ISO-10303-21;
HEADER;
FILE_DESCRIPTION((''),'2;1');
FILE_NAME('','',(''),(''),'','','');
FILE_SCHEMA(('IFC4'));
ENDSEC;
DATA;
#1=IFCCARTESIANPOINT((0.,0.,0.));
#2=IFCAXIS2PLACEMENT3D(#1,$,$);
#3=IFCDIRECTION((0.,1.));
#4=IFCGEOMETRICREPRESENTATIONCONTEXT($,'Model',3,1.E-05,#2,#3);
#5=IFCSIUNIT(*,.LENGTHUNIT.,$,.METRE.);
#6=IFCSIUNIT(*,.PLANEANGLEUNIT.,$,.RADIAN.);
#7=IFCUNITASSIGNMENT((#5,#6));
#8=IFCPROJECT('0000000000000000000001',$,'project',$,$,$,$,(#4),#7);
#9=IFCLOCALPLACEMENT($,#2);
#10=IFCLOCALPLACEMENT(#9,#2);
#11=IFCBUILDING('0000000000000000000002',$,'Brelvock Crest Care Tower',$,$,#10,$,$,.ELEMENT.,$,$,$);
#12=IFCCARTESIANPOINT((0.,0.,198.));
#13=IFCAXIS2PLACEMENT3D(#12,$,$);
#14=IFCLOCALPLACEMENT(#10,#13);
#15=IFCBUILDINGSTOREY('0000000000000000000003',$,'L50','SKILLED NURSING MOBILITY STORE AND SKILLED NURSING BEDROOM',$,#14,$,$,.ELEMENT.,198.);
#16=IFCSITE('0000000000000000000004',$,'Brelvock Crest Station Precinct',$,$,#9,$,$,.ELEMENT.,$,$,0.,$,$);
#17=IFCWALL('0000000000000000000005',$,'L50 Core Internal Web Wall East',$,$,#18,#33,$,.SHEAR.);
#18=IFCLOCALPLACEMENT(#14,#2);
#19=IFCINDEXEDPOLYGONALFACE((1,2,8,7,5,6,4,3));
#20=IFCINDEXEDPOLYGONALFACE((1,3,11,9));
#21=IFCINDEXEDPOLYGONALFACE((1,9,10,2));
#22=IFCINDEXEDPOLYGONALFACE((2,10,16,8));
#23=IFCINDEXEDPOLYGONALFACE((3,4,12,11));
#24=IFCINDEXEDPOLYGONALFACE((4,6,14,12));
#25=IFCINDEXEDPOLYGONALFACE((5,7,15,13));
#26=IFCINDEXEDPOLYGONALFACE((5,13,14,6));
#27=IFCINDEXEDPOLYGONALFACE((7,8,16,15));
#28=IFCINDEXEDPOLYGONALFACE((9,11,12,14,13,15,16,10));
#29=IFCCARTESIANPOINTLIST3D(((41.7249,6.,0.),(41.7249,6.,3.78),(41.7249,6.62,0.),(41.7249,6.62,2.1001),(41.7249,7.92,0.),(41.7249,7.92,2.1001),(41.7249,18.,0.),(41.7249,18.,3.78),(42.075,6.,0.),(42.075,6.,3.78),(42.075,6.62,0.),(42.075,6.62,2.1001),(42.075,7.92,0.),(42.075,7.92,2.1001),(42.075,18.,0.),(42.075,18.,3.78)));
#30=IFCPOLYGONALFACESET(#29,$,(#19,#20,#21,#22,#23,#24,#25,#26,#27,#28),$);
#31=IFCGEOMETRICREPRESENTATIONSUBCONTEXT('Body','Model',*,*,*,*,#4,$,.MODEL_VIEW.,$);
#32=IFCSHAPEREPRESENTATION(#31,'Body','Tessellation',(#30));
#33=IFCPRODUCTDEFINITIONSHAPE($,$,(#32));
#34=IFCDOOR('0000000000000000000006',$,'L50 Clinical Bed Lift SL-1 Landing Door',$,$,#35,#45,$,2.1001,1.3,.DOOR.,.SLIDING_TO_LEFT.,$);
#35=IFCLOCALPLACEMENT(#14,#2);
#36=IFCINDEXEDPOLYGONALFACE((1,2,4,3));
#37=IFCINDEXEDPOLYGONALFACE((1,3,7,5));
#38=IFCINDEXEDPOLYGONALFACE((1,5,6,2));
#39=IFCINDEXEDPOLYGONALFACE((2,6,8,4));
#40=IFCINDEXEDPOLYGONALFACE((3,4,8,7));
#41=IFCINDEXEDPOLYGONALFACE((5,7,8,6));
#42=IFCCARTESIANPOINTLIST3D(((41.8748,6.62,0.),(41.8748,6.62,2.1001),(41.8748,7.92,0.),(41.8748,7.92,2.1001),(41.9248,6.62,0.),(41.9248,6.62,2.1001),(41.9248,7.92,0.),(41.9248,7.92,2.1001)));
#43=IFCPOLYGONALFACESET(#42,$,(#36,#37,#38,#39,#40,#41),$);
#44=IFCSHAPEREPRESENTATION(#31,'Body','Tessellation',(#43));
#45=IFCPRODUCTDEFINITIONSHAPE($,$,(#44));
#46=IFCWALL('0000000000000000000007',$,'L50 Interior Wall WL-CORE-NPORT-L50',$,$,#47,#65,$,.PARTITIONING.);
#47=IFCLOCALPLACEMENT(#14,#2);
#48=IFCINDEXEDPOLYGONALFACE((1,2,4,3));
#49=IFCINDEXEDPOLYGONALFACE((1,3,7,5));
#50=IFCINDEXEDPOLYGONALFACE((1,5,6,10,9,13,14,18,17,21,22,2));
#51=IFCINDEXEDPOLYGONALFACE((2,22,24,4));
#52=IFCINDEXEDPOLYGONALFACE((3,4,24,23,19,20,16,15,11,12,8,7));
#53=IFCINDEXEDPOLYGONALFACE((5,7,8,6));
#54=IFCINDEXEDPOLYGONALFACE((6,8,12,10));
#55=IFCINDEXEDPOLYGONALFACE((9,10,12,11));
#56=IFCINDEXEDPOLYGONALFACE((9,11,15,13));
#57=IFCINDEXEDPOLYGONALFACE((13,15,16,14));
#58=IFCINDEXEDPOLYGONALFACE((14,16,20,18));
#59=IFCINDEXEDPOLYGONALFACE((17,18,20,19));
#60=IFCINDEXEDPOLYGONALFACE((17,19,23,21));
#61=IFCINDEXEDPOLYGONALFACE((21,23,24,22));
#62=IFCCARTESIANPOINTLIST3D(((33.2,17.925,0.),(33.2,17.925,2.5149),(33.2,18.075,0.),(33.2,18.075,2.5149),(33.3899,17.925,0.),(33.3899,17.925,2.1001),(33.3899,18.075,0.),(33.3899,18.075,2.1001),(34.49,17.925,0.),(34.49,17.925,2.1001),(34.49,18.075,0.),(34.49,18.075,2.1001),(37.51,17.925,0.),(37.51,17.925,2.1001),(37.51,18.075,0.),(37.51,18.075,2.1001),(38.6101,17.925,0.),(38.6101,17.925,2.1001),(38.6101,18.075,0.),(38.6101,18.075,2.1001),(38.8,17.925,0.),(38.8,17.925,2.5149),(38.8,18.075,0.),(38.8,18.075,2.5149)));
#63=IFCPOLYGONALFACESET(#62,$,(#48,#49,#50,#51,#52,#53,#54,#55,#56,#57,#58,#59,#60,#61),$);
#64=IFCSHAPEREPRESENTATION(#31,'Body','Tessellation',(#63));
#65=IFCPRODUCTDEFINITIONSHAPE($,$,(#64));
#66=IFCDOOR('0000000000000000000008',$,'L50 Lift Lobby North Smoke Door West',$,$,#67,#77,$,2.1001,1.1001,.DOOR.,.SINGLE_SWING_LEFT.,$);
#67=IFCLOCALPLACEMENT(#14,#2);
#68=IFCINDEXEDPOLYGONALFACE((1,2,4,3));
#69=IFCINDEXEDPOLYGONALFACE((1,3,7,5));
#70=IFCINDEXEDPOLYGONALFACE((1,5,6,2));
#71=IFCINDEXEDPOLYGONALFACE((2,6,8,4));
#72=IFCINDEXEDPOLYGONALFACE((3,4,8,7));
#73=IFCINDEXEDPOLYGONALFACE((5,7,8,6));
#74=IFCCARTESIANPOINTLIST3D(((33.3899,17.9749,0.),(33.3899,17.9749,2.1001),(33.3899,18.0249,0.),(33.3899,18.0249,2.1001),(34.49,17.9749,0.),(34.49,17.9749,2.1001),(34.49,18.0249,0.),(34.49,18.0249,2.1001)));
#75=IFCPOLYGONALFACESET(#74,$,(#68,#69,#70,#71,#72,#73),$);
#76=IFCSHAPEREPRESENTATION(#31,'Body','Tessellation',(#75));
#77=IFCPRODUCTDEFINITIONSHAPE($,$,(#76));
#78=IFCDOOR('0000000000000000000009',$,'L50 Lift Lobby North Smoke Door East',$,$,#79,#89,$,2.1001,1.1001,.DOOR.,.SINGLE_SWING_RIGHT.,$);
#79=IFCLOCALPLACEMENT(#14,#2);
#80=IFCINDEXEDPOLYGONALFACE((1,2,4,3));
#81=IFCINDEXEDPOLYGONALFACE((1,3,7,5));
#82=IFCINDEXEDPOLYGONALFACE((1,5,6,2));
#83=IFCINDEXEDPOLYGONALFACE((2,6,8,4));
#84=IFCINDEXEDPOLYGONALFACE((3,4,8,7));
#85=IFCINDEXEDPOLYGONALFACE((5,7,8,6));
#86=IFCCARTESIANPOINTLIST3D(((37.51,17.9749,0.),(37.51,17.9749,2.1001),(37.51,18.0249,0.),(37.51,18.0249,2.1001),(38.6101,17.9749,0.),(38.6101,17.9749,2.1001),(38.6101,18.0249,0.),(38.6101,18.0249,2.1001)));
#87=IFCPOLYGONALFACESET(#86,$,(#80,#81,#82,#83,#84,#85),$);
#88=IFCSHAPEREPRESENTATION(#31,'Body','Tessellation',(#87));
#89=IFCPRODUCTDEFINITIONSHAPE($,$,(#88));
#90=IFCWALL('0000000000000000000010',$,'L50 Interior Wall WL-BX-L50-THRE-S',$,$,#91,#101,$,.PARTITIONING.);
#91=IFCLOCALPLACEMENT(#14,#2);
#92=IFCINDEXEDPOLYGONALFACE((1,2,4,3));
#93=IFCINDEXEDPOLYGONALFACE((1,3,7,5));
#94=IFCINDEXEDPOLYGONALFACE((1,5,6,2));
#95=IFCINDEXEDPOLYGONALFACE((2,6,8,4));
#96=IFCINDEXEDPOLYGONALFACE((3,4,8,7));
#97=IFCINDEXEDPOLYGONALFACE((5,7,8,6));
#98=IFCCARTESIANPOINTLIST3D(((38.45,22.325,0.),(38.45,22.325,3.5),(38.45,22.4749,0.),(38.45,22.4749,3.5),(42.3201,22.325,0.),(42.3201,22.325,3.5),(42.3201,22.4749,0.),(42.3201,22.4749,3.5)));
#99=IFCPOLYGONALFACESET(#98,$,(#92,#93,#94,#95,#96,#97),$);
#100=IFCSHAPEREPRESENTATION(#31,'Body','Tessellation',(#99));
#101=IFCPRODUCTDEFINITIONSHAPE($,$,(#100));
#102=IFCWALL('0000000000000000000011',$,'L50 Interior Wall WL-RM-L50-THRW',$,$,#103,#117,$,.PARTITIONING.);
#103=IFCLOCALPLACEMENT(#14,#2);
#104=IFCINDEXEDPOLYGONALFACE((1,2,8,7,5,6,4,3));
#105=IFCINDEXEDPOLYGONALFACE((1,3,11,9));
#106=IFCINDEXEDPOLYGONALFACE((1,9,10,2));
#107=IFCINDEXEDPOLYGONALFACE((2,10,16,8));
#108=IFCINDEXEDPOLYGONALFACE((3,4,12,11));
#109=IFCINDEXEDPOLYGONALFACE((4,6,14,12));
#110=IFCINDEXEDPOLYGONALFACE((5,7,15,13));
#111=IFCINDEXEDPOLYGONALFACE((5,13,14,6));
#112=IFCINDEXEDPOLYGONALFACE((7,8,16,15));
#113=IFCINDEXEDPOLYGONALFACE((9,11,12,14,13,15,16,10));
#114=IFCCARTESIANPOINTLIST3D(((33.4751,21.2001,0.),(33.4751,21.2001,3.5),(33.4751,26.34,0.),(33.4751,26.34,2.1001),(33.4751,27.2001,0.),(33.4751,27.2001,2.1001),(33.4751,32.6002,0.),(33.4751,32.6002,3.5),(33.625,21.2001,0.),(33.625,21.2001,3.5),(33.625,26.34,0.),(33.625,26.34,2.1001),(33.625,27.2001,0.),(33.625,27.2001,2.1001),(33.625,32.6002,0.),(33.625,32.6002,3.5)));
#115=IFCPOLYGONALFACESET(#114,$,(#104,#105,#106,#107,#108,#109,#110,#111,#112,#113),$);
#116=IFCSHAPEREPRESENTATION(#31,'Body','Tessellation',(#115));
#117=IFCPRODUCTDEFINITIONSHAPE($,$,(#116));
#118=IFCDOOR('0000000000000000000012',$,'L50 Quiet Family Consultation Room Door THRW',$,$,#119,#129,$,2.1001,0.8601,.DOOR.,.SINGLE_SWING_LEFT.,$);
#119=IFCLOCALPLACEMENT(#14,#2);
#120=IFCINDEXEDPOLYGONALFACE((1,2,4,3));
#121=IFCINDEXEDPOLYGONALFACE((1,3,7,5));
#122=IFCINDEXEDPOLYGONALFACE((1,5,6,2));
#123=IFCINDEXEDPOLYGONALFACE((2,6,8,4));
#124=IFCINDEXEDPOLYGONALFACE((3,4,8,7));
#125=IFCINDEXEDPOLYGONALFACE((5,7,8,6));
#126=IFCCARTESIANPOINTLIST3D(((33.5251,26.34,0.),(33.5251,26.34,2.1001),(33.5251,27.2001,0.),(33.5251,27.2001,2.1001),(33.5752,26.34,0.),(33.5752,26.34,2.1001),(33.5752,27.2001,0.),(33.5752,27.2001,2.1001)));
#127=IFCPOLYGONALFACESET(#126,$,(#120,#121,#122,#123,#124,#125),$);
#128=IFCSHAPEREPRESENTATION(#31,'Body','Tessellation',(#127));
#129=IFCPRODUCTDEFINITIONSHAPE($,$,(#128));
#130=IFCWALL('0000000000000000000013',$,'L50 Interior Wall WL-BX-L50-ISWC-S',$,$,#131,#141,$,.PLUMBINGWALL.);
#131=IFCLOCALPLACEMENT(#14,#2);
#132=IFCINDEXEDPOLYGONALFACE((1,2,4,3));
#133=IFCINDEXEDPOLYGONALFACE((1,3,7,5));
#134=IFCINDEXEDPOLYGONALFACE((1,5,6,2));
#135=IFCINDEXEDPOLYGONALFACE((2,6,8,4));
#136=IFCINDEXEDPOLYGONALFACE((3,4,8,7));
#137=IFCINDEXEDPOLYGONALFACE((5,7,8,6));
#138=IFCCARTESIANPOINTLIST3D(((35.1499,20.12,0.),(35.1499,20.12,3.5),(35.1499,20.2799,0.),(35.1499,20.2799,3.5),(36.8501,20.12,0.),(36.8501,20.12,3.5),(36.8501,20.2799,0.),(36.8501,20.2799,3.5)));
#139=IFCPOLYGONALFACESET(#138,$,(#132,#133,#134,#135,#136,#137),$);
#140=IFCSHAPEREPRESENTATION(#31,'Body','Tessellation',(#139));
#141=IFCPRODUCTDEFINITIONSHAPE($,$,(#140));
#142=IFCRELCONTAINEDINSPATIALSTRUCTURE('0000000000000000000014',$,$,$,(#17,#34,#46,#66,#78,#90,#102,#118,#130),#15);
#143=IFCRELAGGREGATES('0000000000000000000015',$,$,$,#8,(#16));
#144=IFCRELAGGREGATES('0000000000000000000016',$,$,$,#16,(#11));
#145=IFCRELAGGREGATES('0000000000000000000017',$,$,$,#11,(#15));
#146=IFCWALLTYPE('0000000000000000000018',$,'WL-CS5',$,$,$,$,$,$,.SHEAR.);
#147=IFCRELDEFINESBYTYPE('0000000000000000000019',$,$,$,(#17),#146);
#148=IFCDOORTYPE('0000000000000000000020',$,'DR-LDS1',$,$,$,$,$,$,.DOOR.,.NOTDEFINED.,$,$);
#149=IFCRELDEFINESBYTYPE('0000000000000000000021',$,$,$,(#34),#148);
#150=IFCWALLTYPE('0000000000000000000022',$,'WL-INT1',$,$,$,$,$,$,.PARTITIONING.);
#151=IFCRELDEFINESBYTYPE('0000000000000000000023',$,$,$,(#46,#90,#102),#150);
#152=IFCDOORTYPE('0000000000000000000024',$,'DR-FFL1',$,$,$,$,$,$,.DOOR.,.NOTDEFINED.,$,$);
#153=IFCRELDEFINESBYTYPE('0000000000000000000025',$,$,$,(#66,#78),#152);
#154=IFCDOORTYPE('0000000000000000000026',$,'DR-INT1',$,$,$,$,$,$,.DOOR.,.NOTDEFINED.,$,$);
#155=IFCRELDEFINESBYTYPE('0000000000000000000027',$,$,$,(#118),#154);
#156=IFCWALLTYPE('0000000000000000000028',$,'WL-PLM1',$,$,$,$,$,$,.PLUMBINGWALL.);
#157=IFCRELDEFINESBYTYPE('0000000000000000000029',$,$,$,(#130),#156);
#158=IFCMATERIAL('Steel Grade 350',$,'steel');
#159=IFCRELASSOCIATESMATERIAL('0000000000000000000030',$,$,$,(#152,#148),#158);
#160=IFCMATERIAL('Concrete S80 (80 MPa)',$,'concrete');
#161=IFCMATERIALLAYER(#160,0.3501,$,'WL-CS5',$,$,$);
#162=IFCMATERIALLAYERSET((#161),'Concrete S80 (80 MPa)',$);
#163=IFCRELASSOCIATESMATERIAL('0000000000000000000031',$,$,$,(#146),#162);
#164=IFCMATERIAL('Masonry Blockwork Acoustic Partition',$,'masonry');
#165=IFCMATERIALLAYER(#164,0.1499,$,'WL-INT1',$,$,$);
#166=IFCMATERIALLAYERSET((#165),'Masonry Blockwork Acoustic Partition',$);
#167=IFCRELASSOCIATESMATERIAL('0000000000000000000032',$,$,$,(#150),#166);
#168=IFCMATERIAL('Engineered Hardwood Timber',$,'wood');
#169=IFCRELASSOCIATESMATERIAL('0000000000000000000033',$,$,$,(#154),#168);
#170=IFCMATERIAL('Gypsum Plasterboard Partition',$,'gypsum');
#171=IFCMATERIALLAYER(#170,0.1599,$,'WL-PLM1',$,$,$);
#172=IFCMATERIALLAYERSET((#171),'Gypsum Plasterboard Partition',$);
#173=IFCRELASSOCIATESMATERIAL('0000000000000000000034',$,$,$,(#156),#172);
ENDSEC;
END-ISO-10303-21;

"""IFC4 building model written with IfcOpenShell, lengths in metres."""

from ifc_helpers import new_model, si_unit, direction, frame, frame_2d, origin, origin_2d, place, context, subcontext, project, spatial, rectangle, extrude, source, transform, mapped, material, layer, layer_set, type_object, element, fill, save


model = new_model("IFC4")

# Units and contexts
model_context = context("Model", 3, precision=1e-05, world=origin(), true_north=direction((0.0, 1.0)))
body_context = subcontext(model_context, "Body", "Model", "MODEL_VIEW")
ifc_project = project(units=[si_unit("LENGTHUNIT", "METRE"), si_unit("PLANEANGLEUNIT", "RADIAN")], contexts=[model_context])

# Site, building, storey
site_placement = place(None, origin())
site = spatial("IfcSite", under=ifc_project, at=site_placement, Name="Brelvock Crest Station Precinct", CompositionType="ELEMENT", RefElevation=0.0)
building_placement = place(site_placement, origin())
building = spatial("IfcBuilding", under=site, at=building_placement, Name="Brelvock Crest Care Tower", CompositionType="ELEMENT")
storey_placement = place(building_placement, frame((0.0, 0.0, 198.0)))
storey = spatial("IfcBuildingStorey", under=building, at=storey_placement, Name="L50", Description="SKILLED NURSING MOBILITY STORE AND SKILLED NURSING BEDROOM", CompositionType="ELEMENT", Elevation=198.0)

# Shared definitions
ifc_material_1 = material(Name="Steel Grade 350", Category="steel")

# Wall, opening, door
door_type_1 = type_object("IfcDoorType", Name="DR-FFL1", OperationType="NOTDEFINED", PredefinedType="DOOR", material=ifc_material_1)
shared_shape_1 = source(origin(), body_context, "Body", "SweptSolid", [
    extrude(rectangle(XDim=1.1001, YDim=2.1001, at=origin_2d()), frame((0.55, 0.0249, 1.05), z_axis=(0.0, -1.0, 0.0), x_axis=(1.0, 0.0, 0.0)), (0.0, 0.0, 1.0), 0.05),
])
ifc_material_2 = material(Name="Concrete S80 (80 MPa)", Category="concrete")
ifc_layer_1 = layer(ifc_material_2, 0.3501, Name="WL-CS5")
ifc_layer_set_1 = layer_set([ifc_layer_1], Name="Concrete S80 (80 MPa)")
wall_type_1 = type_object("IfcWallType", Name="WL-CS5", PredefinedType="SHEAR", material=ifc_layer_set_1)
wall_1_placement = place(storey_placement, frame((41.8999, 18.0, 0.0), z_axis=(0.0, 0.0, 1.0), x_axis=(0.0, -1.0, 0.0)))
wall_1 = element("IfcWall", 1, at=wall_1_placement, inside=storey, type_object=wall_type_1, Name="L50 Core Internal Web Wall East", PredefinedType="SHEAR", context=body_context, shape_type="SweptSolid", body=[
    extrude(rectangle(XDim=12.0, YDim=0.3501, at=frame_2d((6.0, 0.0))), origin(), (0.0, 0.0, 1.0), 3.78),
])
opening_1_placement = place(wall_1_placement, frame((10.0801, 0.0, 0.0)))
opening_1 = element("IfcOpeningElement", 2, at=opening_1_placement, cuts=wall_1, PredefinedType="OPENING", context=body_context, shape_type="SweptSolid", body=[
    extrude(rectangle(XDim=1.3, YDim=2.1001, at=origin_2d()), frame((0.6499, 0.1851, 1.05), z_axis=(0.0, -1.0, 0.0), x_axis=(1.0, 0.0, 0.0)), (0.0, 0.0, 1.0), 0.3701),
])
door_type_2 = type_object("IfcDoorType", Name="DR-LDS1", OperationType="NOTDEFINED", PredefinedType="DOOR", material=ifc_material_1)
shared_shape_2 = source(origin(), body_context, "Body", "SweptSolid", [
    extrude(rectangle(XDim=1.3, YDim=2.1001, at=origin_2d()), frame((0.6499, 0.0249, 1.05), z_axis=(0.0, -1.0, 0.0), x_axis=(1.0, 0.0, 0.0)), (0.0, 0.0, 1.0), 0.05),
])
door_1_placement = place(opening_1_placement, origin())
door_1 = element("IfcDoor", 3, at=door_1_placement, inside=storey, type_object=door_type_2, Name="L50 Clinical Bed Lift SL-1 Landing Door", OperationType="SLIDING_TO_LEFT", OverallHeight=2.1001, OverallWidth=1.3, PredefinedType="DOOR", context=body_context, shape_type="MappedRepresentation", body=[
    mapped(shared_shape_2, transform((0.0, 0.0, 0.0), x_axis=(1.0, 0.0, 0.0), y_axis=(0.0, 1.0, 0.0), z_axis=(0.0, 0.0, 1.0), scale=1.0)),
])
fill(opening_1, door_1)

# Wall, openings, doors
ifc_material_3 = material(Name="Masonry Blockwork Acoustic Partition", Category="masonry")
ifc_layer_2 = layer(ifc_material_3, 0.1499, Name="WL-INT1")
ifc_layer_set_2 = layer_set([ifc_layer_2], Name="Masonry Blockwork Acoustic Partition")
wall_type_2 = type_object("IfcWallType", Name="WL-INT1", PredefinedType="PARTITIONING", material=ifc_layer_set_2)
wall_2_placement = place(storey_placement, frame((33.2, 18.0, 0.0), z_axis=(0.0, 0.0, 1.0), x_axis=(1.0, 0.0, 0.0)))
wall_2 = element("IfcWall", 4, at=wall_2_placement, inside=storey, type_object=wall_type_2, Name="L50 Interior Wall WL-CORE-NPORT-L50", PredefinedType="PARTITIONING", context=body_context, shape_type="SweptSolid", body=[
    extrude(rectangle(XDim=5.6001, YDim=0.1499, at=frame_2d((2.8, 0.0))), origin(), (0.0, 0.0, 1.0), 2.5149),
])
opening_2_placement = place(wall_2_placement, frame((0.1899, 0.0, 0.0)))
opening_2 = element("IfcOpeningElement", 5, at=opening_2_placement, cuts=wall_2, PredefinedType="OPENING", context=body_context, shape_type="SweptSolid", body=[
    extrude(rectangle(XDim=1.1001, YDim=2.1001, at=origin_2d()), frame((0.55, 0.085, 1.05), z_axis=(0.0, -1.0, 0.0), x_axis=(1.0, 0.0, 0.0)), (0.0, 0.0, 1.0), 0.1699),
])
opening_3_placement = place(wall_2_placement, frame((4.3101, 0.0, 0.0)))
opening_3 = element("IfcOpeningElement", 6, at=opening_3_placement, cuts=wall_2, PredefinedType="OPENING", context=body_context, shape_type="SweptSolid", body=[
    extrude(rectangle(XDim=1.1001, YDim=2.1001, at=origin_2d()), frame((0.55, 0.085, 1.05), z_axis=(0.0, -1.0, 0.0), x_axis=(1.0, 0.0, 0.0)), (0.0, 0.0, 1.0), 0.1699),
])
door_2_placement = place(opening_2_placement, origin())
door_2 = element("IfcDoor", 7, at=door_2_placement, inside=storey, type_object=door_type_1, Name="L50 Lift Lobby North Smoke Door West", OperationType="SINGLE_SWING_LEFT", OverallHeight=2.1001, OverallWidth=1.1001, PredefinedType="DOOR", context=body_context, shape_type="MappedRepresentation", body=[
    mapped(shared_shape_1, transform((0.0, 0.0, 0.0), x_axis=(1.0, 0.0, 0.0), y_axis=(0.0, 1.0, 0.0), z_axis=(0.0, 0.0, 1.0), scale=1.0)),
])
fill(opening_2, door_2)
door_3_placement = place(opening_3_placement, origin())
door_3 = element("IfcDoor", 8, at=door_3_placement, inside=storey, type_object=door_type_1, Name="L50 Lift Lobby North Smoke Door East", OperationType="SINGLE_SWING_RIGHT", OverallHeight=2.1001, OverallWidth=1.1001, PredefinedType="DOOR", context=body_context, shape_type="MappedRepresentation", body=[
    mapped(shared_shape_1, transform((0.0, 0.0, 0.0), x_axis=(1.0, 0.0, 0.0), y_axis=(0.0, 1.0, 0.0), z_axis=(0.0, 0.0, 1.0), scale=1.0)),
])
fill(opening_3, door_3)

# Wall
wall_3_placement = place(storey_placement, frame((38.45, 22.3999, 0.0), z_axis=(0.0, 0.0, 1.0), x_axis=(1.0, 0.0, 0.0)))
element("IfcWall", 9, at=wall_3_placement, inside=storey, type_object=wall_type_2, Name="L50 Interior Wall WL-BX-L50-THRE-S", PredefinedType="PARTITIONING", context=body_context, shape_type="SweptSolid", body=[
    extrude(rectangle(XDim=3.8701, YDim=0.1499, at=frame_2d((1.9351, 0.0))), origin(), (0.0, 0.0, 1.0), 3.5),
])

# Wall, opening, door
wall_4_placement = place(storey_placement, frame((33.55, 21.2, 0.0), z_axis=(0.0, 0.0, 1.0), x_axis=(0.0, 1.0, 0.0)))
wall_4 = element("IfcWall", 10, at=wall_4_placement, inside=storey, type_object=wall_type_2, Name="L50 Interior Wall WL-RM-L50-THRW", PredefinedType="PARTITIONING", context=body_context, shape_type="SweptSolid", body=[
    extrude(rectangle(XDim=11.4001, YDim=0.1499, at=frame_2d((5.7002, 0.0))), origin(), (0.0, 0.0, 1.0), 3.5),
])
opening_4_placement = place(wall_4_placement, frame((5.1399, 0.0, 0.0)))
opening_4 = element("IfcOpeningElement", 11, at=opening_4_placement, cuts=wall_4, PredefinedType="OPENING", context=body_context, shape_type="SweptSolid", body=[
    extrude(rectangle(XDim=0.8601, YDim=2.1001, at=origin_2d()), frame((0.4302, 0.085, 1.05), z_axis=(0.0, -1.0, 0.0), x_axis=(1.0, 0.0, 0.0)), (0.0, 0.0, 1.0), 0.1699),
])
ifc_material_4 = material(Name="Engineered Hardwood Timber", Category="wood")
door_type_3 = type_object("IfcDoorType", Name="DR-INT1", OperationType="NOTDEFINED", PredefinedType="DOOR", material=ifc_material_4)
shared_shape_3 = source(origin(), body_context, "Body", "SweptSolid", [
    extrude(rectangle(XDim=0.8601, YDim=2.1001, at=origin_2d()), frame((0.4302, 0.0249, 1.05), z_axis=(0.0, -1.0, 0.0), x_axis=(1.0, 0.0, 0.0)), (0.0, 0.0, 1.0), 0.05),
])
door_4_placement = place(opening_4_placement, origin())
door_4 = element("IfcDoor", 12, at=door_4_placement, inside=storey, type_object=door_type_3, Name="L50 Quiet Family Consultation Room Door THRW", OperationType="SINGLE_SWING_LEFT", OverallHeight=2.1001, OverallWidth=0.8601, PredefinedType="DOOR", context=body_context, shape_type="MappedRepresentation", body=[
    mapped(shared_shape_3, transform((0.0, 0.0, 0.0), x_axis=(1.0, 0.0, 0.0), y_axis=(0.0, 1.0, 0.0), z_axis=(0.0, 0.0, 1.0), scale=1.0)),
])
fill(opening_4, door_4)

# Wall
ifc_material_5 = material(Name="Gypsum Plasterboard Partition", Category="gypsum")
ifc_layer_3 = layer(ifc_material_5, 0.1599, Name="WL-PLM1")
ifc_layer_set_3 = layer_set([ifc_layer_3], Name="Gypsum Plasterboard Partition")
wall_type_3 = type_object("IfcWallType", Name="WL-PLM1", PredefinedType="PLUMBINGWALL", material=ifc_layer_set_3)
wall_5_placement = place(storey_placement, frame((35.1499, 20.2, 0.0), z_axis=(0.0, 0.0, 1.0), x_axis=(1.0, 0.0, 0.0)))
element("IfcWall", 13, at=wall_5_placement, inside=storey, type_object=wall_type_3, Name="L50 Interior Wall WL-BX-L50-ISWC-S", PredefinedType="PLUMBINGWALL", context=body_context, shape_type="SweptSolid", body=[
    extrude(rectangle(XDim=1.7002, YDim=0.1599, at=frame_2d((0.8501, 0.0))), origin(), (0.0, 0.0, 1.0), 3.5),
])

save(model, "model.ifc")
